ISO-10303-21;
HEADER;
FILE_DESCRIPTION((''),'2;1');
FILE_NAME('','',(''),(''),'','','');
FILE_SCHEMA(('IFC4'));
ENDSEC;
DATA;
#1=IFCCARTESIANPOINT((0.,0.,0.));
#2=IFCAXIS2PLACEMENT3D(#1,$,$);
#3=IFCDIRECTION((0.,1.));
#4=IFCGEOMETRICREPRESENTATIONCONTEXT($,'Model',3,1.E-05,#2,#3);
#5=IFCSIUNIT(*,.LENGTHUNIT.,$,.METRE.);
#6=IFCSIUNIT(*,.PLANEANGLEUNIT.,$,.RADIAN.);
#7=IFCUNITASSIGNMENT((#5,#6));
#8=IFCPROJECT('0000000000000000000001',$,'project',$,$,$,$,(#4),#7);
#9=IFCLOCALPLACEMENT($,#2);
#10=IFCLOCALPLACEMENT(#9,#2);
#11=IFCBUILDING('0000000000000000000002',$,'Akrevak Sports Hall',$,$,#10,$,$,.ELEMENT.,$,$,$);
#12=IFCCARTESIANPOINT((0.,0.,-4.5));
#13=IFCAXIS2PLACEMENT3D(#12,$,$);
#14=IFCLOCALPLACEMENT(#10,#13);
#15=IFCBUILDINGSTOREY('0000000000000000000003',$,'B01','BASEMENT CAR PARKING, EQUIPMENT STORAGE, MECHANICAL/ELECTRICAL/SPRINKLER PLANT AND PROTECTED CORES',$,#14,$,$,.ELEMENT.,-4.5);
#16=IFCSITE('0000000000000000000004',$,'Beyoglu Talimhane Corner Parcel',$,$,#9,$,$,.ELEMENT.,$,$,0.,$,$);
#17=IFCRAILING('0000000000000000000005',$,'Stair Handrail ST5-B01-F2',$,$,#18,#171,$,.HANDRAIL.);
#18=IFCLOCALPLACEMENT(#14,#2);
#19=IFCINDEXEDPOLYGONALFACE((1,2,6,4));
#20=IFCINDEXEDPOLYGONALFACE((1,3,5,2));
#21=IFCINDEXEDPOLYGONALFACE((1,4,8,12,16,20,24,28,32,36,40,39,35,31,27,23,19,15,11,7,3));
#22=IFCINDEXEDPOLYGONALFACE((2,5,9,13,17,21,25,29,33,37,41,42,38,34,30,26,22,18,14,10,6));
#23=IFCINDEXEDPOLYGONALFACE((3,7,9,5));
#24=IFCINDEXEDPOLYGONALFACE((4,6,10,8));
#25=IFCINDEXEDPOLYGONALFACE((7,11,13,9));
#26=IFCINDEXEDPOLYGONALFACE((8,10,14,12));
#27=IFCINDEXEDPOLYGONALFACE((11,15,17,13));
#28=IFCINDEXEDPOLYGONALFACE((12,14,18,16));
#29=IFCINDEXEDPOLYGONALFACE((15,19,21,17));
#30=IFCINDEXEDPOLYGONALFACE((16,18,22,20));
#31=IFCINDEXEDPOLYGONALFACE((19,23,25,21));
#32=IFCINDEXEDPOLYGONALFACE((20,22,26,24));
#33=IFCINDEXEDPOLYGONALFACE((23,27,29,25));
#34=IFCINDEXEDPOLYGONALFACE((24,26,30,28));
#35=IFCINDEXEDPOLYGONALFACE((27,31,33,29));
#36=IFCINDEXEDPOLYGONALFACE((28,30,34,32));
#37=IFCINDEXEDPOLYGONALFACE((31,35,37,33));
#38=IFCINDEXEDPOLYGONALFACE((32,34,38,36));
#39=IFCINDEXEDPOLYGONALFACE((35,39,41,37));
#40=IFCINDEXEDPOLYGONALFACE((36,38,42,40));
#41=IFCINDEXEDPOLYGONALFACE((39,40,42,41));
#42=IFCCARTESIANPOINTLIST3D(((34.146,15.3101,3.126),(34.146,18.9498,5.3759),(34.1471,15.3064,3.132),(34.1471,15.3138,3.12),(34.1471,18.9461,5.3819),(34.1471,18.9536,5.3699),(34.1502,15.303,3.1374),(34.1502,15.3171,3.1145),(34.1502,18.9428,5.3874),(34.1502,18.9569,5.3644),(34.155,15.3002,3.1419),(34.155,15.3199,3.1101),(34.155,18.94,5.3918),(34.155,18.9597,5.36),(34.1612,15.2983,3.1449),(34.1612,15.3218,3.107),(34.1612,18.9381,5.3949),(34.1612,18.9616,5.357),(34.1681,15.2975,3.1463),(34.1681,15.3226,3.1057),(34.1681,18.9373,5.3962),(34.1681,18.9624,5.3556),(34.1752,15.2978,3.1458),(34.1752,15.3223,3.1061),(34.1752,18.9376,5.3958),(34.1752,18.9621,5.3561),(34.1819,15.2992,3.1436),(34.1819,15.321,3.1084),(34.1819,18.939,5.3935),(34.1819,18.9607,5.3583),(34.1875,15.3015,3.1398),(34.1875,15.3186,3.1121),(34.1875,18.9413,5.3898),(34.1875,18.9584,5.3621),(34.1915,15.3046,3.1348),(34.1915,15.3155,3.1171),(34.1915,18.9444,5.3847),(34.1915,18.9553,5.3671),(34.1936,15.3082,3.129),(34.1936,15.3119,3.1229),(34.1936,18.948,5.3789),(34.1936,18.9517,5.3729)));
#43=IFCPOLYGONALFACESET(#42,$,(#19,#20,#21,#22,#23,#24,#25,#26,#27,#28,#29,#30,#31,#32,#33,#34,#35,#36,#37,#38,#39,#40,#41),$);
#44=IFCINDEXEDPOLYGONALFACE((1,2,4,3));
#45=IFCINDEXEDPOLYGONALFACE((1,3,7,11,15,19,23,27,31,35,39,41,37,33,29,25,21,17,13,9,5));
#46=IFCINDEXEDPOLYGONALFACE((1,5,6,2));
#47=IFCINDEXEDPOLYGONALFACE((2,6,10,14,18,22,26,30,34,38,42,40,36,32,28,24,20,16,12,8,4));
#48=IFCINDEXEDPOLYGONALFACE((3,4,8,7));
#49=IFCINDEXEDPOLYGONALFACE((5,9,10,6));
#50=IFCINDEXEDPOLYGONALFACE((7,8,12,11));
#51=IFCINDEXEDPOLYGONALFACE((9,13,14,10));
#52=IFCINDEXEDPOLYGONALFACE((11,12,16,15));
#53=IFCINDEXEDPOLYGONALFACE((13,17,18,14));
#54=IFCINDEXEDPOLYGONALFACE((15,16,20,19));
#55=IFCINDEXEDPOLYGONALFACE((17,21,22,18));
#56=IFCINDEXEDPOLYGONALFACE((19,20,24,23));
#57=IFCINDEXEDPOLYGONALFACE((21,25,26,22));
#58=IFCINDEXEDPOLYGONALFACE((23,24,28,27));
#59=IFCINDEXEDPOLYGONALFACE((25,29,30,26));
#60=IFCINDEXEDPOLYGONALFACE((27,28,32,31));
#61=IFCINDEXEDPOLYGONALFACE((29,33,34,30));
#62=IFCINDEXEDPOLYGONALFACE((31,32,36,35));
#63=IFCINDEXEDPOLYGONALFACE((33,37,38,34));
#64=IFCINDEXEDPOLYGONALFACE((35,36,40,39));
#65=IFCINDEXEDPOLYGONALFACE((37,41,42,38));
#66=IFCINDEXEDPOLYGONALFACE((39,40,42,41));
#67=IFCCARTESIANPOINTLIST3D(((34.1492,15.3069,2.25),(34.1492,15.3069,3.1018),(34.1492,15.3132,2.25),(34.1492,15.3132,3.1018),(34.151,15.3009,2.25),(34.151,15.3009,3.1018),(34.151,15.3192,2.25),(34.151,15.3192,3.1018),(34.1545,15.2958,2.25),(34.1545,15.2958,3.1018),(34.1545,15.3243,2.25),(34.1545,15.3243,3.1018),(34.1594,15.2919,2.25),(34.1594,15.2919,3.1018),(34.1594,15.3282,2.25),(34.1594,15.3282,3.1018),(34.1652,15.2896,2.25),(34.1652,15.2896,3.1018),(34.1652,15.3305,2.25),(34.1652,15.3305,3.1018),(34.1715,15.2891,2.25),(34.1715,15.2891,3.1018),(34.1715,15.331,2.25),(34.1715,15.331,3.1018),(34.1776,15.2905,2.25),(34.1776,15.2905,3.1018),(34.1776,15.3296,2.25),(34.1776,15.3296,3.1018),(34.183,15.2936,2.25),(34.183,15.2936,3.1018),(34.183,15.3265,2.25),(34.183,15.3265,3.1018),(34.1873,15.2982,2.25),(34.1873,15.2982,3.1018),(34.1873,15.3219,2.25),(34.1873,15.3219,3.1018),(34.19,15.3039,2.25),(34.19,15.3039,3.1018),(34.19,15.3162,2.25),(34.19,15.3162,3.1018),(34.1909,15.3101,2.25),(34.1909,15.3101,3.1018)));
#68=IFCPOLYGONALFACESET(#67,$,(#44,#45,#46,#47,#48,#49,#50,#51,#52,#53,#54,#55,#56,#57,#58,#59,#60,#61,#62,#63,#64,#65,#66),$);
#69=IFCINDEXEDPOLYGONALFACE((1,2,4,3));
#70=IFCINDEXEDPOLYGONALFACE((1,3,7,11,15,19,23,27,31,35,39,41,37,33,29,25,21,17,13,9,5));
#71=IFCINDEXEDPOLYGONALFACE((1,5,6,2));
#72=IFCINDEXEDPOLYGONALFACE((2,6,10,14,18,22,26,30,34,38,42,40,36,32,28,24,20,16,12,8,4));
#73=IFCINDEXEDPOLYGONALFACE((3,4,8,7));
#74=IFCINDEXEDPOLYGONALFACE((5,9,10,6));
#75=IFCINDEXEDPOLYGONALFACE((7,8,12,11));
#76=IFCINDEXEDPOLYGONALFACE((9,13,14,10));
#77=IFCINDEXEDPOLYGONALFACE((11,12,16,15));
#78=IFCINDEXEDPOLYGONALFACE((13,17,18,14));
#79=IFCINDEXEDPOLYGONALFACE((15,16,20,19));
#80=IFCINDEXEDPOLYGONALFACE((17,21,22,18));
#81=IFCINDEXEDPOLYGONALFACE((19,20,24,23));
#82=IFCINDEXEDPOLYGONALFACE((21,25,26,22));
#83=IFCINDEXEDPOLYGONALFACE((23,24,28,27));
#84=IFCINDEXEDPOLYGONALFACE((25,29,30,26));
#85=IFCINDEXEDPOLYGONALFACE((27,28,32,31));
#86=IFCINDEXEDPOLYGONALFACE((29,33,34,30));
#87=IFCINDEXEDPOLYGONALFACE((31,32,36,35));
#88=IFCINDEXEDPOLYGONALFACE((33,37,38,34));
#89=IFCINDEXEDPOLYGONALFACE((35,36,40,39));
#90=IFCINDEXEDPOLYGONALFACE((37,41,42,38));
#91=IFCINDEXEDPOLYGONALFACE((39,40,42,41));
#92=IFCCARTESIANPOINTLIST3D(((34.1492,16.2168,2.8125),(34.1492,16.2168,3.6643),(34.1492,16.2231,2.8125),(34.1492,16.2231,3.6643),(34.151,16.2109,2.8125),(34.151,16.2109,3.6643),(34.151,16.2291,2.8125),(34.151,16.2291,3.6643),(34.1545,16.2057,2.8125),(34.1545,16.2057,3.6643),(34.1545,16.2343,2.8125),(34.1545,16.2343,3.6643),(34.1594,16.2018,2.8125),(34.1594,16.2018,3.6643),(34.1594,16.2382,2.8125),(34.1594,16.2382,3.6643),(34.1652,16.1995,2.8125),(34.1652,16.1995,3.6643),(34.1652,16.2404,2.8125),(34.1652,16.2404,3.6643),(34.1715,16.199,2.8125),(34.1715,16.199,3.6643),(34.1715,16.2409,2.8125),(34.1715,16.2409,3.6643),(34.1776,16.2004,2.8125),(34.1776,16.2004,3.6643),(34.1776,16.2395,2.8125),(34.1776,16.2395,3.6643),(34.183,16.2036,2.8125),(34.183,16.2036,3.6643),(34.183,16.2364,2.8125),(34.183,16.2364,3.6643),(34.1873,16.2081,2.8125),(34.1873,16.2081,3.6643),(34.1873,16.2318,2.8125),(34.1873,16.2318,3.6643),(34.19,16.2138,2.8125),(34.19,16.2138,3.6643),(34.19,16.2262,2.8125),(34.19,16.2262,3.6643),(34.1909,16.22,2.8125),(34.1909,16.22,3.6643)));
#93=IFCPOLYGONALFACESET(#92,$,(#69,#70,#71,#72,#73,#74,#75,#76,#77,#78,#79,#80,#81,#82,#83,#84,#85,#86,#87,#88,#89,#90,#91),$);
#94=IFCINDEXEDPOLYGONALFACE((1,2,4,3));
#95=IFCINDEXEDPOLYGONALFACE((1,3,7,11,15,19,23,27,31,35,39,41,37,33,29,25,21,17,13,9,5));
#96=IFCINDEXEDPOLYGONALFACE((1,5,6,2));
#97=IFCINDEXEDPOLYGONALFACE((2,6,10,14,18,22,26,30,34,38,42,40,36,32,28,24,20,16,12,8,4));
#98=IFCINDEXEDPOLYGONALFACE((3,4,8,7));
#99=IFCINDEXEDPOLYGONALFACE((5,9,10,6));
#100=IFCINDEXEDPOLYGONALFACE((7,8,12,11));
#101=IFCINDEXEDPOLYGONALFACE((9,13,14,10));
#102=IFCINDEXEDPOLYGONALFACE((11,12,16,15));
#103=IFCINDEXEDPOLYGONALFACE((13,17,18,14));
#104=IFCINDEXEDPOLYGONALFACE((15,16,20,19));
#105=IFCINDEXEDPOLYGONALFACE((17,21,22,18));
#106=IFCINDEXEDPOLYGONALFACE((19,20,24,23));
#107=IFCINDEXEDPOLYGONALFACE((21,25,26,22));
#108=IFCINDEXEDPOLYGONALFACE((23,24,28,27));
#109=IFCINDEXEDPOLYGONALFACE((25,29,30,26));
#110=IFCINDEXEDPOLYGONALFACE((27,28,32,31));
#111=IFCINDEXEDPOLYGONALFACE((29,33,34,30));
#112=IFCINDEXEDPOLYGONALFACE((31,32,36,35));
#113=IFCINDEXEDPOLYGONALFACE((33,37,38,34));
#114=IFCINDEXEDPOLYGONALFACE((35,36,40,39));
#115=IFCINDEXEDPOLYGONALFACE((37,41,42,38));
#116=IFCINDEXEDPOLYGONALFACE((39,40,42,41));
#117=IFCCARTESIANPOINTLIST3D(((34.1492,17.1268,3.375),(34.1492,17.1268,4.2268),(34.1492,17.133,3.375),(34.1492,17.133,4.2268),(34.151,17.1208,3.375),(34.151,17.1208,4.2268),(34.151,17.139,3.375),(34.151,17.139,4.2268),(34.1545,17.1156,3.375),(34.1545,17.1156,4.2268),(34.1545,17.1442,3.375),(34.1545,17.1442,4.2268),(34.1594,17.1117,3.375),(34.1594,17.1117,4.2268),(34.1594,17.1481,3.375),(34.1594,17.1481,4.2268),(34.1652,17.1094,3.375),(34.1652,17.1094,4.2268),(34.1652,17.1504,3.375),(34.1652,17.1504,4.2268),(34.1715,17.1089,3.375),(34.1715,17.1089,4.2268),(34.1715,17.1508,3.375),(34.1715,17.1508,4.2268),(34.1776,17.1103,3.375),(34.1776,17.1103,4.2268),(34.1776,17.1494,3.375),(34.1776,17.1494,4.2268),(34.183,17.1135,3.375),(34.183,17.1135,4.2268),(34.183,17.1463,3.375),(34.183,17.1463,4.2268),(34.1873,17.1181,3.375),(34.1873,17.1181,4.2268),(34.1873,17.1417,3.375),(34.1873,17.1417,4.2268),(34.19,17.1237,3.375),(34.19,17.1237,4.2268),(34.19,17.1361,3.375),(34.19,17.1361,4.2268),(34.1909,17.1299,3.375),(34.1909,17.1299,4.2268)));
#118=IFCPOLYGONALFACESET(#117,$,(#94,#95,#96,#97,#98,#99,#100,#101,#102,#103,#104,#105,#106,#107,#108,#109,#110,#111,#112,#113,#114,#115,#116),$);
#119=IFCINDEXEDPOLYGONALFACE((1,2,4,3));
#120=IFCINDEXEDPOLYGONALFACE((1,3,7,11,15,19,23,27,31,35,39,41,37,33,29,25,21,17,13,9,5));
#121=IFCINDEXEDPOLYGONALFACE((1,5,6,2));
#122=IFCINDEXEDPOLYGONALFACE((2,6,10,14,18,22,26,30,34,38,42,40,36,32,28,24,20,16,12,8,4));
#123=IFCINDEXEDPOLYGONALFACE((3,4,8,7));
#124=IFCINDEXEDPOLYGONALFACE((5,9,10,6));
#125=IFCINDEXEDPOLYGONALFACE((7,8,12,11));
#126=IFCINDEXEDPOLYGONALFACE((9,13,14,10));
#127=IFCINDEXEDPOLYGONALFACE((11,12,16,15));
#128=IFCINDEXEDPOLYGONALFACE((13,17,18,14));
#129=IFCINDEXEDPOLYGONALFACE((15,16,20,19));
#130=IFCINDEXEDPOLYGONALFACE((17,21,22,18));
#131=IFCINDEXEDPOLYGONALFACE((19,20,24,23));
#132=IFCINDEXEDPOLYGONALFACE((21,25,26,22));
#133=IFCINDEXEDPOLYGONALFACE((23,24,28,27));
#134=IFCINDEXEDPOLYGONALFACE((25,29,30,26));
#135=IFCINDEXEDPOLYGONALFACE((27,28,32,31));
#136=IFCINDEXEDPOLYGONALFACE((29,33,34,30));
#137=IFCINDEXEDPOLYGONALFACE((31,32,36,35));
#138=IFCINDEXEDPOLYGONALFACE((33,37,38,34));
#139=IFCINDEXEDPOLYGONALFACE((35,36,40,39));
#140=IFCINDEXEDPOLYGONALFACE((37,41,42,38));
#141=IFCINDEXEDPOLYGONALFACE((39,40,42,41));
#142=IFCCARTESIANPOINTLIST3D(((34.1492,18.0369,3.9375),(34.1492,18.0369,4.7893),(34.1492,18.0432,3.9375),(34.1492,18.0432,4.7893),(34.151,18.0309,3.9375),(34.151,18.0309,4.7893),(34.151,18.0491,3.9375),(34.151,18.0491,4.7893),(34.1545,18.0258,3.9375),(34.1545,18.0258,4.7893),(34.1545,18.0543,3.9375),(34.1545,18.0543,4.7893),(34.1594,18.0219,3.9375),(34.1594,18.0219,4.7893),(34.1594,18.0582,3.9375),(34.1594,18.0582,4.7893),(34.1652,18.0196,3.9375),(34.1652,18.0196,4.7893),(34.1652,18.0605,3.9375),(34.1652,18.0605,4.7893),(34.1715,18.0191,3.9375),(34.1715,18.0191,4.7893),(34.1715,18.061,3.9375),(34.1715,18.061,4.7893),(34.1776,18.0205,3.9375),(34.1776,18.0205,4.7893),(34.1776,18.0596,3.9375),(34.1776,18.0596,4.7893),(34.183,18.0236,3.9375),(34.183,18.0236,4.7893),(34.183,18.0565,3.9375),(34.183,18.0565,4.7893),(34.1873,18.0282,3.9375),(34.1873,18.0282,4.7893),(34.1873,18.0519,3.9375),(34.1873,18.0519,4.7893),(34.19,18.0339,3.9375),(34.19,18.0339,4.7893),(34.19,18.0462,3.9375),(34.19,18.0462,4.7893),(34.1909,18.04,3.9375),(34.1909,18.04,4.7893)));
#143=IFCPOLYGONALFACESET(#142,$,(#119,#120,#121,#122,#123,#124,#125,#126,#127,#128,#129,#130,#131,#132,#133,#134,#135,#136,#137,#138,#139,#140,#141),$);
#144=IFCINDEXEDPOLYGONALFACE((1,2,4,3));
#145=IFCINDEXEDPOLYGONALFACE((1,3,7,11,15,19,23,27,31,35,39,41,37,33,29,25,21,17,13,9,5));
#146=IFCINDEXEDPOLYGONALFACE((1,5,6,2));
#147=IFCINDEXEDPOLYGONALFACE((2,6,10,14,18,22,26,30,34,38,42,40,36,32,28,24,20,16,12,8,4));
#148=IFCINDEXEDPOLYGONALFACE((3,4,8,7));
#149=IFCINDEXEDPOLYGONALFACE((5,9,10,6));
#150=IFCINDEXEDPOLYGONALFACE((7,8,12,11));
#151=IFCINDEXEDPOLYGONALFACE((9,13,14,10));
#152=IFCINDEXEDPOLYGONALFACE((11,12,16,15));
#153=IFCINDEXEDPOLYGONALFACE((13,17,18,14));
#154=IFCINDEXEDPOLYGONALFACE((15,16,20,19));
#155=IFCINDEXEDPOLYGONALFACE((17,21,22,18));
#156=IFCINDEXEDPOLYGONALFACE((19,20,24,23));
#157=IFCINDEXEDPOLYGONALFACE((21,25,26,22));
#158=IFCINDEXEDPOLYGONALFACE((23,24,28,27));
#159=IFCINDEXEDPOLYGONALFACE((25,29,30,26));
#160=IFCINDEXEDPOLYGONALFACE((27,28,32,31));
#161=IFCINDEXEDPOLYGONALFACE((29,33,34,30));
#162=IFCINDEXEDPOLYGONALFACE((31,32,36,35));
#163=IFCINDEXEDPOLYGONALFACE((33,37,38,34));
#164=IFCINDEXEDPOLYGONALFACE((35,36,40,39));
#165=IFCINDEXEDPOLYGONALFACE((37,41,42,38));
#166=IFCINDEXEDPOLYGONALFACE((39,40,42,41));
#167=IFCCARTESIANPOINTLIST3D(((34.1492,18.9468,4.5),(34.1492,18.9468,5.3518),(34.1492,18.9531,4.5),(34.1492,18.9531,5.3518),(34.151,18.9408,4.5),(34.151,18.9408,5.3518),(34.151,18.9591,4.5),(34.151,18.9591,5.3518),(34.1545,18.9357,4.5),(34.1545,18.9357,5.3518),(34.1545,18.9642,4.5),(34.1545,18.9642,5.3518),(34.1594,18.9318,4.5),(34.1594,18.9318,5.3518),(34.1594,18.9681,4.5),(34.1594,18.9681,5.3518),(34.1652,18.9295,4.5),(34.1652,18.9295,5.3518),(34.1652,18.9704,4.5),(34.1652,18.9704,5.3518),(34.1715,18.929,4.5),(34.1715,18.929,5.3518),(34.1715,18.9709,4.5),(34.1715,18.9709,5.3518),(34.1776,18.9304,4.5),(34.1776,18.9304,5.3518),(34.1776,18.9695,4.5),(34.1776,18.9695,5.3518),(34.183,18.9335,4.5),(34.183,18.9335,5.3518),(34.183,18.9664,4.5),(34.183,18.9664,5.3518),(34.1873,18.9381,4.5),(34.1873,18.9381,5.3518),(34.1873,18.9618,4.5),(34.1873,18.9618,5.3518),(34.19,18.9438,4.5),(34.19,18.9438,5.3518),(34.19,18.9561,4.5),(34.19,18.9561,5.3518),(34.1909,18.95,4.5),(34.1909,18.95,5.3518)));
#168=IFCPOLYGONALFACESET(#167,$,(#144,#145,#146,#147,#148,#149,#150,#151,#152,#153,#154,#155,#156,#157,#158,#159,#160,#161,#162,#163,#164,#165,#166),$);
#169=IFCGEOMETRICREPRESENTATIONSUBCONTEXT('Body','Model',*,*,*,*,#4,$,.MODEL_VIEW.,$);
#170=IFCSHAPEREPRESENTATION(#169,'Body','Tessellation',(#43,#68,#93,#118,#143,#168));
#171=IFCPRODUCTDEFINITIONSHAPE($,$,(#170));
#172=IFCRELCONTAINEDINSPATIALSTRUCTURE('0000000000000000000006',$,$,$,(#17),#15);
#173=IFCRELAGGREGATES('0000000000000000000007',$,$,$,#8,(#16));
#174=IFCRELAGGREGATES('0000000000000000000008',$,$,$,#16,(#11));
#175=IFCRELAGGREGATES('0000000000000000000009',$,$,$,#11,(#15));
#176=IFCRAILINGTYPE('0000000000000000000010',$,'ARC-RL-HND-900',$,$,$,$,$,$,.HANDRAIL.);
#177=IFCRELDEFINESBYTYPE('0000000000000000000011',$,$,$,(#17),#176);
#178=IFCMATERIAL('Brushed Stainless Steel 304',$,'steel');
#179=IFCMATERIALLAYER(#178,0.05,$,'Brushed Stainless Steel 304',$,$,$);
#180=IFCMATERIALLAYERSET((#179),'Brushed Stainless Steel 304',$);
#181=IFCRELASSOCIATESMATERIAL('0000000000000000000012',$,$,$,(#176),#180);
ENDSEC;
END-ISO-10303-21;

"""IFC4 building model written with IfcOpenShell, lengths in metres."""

from ifc_helpers import new_model, si_unit, direction, frame, origin, origin_2d, place, context, subcontext, project, spatial, circle, extrude, material, layer, layer_set, type_object, element, save


model = new_model("IFC4")

# Units and contexts
model_context = context("Model", 3, precision=1e-05, world=origin(), true_north=direction((0.0, 1.0)))
body_context = subcontext(model_context, "Body", "Model", "MODEL_VIEW")
ifc_project = project(units=[si_unit("LENGTHUNIT", "METRE"), si_unit("PLANEANGLEUNIT", "RADIAN")], contexts=[model_context])

# Site, building, storey
site_placement = place(None, origin())
site = spatial("IfcSite", under=ifc_project, at=site_placement, Name="Beyoglu Talimhane Corner Parcel", CompositionType="ELEMENT", RefElevation=0.0)
building_placement = place(site_placement, origin())
building = spatial("IfcBuilding", under=site, at=building_placement, Name="Akrevak Sports Hall", CompositionType="ELEMENT")
storey_placement = place(building_placement, frame((0.0, 0.0, -4.5)))
storey = spatial("IfcBuildingStorey", under=building, at=storey_placement, Name="B01", Description="BASEMENT CAR PARKING, EQUIPMENT STORAGE, MECHANICAL/ELECTRICAL/SPRINKLER PLANT AND PROTECTED CORES", CompositionType="ELEMENT", Elevation=-4.5)

# Railing
ifc_material_1 = material(Name="Brushed Stainless Steel 304", Category="steel")
ifc_layer_1 = layer(ifc_material_1, 0.05, Name="Brushed Stainless Steel 304")
ifc_layer_set_1 = layer_set([ifc_layer_1], Name="Brushed Stainless Steel 304")
railing_type_1 = type_object("IfcRailingType", Name="ARC-RL-HND-900", PredefinedType="HANDRAIL", material=ifc_layer_set_1)
railing_1_placement = place(storey_placement, frame((34.1699, 15.3101, 2.25)))
element("IfcRailing", 1, at=railing_1_placement, inside=storey, type_object=railing_type_1, Name="Stair Handrail ST5-B01-F2", PredefinedType="HANDRAIL", context=body_context, shape_type="SweptSolid", body=[
    extrude(circle(Radius=0.0239, at=origin_2d()), frame((0.0, 0.0, 0.876), z_axis=(0.0, 0.850607, 0.525803), x_axis=(-1.0, 0.0, 0.0)), (0.0, 0.0, 1.0), 4.2791),
    extrude(circle(Radius=0.021, at=origin_2d()), origin(), (0.0, 0.0, 1.0), 0.8518),
    extrude(circle(Radius=0.021, at=origin_2d()), frame((0.0, 0.9099, 0.5625)), (0.0, 0.0, 1.0), 0.8518),
    extrude(circle(Radius=0.021, at=origin_2d()), frame((0.0, 1.8198, 1.125)), (0.0, 0.0, 1.0), 0.8518),
    extrude(circle(Radius=0.021, at=origin_2d()), frame((0.0, 2.73, 1.6875)), (0.0, 0.0, 1.0), 0.8518),
    extrude(circle(Radius=0.021, at=origin_2d()), frame((0.0, 3.6399, 2.25)), (0.0, 0.0, 1.0), 0.8518),
])

save(model, "model.ifc")
